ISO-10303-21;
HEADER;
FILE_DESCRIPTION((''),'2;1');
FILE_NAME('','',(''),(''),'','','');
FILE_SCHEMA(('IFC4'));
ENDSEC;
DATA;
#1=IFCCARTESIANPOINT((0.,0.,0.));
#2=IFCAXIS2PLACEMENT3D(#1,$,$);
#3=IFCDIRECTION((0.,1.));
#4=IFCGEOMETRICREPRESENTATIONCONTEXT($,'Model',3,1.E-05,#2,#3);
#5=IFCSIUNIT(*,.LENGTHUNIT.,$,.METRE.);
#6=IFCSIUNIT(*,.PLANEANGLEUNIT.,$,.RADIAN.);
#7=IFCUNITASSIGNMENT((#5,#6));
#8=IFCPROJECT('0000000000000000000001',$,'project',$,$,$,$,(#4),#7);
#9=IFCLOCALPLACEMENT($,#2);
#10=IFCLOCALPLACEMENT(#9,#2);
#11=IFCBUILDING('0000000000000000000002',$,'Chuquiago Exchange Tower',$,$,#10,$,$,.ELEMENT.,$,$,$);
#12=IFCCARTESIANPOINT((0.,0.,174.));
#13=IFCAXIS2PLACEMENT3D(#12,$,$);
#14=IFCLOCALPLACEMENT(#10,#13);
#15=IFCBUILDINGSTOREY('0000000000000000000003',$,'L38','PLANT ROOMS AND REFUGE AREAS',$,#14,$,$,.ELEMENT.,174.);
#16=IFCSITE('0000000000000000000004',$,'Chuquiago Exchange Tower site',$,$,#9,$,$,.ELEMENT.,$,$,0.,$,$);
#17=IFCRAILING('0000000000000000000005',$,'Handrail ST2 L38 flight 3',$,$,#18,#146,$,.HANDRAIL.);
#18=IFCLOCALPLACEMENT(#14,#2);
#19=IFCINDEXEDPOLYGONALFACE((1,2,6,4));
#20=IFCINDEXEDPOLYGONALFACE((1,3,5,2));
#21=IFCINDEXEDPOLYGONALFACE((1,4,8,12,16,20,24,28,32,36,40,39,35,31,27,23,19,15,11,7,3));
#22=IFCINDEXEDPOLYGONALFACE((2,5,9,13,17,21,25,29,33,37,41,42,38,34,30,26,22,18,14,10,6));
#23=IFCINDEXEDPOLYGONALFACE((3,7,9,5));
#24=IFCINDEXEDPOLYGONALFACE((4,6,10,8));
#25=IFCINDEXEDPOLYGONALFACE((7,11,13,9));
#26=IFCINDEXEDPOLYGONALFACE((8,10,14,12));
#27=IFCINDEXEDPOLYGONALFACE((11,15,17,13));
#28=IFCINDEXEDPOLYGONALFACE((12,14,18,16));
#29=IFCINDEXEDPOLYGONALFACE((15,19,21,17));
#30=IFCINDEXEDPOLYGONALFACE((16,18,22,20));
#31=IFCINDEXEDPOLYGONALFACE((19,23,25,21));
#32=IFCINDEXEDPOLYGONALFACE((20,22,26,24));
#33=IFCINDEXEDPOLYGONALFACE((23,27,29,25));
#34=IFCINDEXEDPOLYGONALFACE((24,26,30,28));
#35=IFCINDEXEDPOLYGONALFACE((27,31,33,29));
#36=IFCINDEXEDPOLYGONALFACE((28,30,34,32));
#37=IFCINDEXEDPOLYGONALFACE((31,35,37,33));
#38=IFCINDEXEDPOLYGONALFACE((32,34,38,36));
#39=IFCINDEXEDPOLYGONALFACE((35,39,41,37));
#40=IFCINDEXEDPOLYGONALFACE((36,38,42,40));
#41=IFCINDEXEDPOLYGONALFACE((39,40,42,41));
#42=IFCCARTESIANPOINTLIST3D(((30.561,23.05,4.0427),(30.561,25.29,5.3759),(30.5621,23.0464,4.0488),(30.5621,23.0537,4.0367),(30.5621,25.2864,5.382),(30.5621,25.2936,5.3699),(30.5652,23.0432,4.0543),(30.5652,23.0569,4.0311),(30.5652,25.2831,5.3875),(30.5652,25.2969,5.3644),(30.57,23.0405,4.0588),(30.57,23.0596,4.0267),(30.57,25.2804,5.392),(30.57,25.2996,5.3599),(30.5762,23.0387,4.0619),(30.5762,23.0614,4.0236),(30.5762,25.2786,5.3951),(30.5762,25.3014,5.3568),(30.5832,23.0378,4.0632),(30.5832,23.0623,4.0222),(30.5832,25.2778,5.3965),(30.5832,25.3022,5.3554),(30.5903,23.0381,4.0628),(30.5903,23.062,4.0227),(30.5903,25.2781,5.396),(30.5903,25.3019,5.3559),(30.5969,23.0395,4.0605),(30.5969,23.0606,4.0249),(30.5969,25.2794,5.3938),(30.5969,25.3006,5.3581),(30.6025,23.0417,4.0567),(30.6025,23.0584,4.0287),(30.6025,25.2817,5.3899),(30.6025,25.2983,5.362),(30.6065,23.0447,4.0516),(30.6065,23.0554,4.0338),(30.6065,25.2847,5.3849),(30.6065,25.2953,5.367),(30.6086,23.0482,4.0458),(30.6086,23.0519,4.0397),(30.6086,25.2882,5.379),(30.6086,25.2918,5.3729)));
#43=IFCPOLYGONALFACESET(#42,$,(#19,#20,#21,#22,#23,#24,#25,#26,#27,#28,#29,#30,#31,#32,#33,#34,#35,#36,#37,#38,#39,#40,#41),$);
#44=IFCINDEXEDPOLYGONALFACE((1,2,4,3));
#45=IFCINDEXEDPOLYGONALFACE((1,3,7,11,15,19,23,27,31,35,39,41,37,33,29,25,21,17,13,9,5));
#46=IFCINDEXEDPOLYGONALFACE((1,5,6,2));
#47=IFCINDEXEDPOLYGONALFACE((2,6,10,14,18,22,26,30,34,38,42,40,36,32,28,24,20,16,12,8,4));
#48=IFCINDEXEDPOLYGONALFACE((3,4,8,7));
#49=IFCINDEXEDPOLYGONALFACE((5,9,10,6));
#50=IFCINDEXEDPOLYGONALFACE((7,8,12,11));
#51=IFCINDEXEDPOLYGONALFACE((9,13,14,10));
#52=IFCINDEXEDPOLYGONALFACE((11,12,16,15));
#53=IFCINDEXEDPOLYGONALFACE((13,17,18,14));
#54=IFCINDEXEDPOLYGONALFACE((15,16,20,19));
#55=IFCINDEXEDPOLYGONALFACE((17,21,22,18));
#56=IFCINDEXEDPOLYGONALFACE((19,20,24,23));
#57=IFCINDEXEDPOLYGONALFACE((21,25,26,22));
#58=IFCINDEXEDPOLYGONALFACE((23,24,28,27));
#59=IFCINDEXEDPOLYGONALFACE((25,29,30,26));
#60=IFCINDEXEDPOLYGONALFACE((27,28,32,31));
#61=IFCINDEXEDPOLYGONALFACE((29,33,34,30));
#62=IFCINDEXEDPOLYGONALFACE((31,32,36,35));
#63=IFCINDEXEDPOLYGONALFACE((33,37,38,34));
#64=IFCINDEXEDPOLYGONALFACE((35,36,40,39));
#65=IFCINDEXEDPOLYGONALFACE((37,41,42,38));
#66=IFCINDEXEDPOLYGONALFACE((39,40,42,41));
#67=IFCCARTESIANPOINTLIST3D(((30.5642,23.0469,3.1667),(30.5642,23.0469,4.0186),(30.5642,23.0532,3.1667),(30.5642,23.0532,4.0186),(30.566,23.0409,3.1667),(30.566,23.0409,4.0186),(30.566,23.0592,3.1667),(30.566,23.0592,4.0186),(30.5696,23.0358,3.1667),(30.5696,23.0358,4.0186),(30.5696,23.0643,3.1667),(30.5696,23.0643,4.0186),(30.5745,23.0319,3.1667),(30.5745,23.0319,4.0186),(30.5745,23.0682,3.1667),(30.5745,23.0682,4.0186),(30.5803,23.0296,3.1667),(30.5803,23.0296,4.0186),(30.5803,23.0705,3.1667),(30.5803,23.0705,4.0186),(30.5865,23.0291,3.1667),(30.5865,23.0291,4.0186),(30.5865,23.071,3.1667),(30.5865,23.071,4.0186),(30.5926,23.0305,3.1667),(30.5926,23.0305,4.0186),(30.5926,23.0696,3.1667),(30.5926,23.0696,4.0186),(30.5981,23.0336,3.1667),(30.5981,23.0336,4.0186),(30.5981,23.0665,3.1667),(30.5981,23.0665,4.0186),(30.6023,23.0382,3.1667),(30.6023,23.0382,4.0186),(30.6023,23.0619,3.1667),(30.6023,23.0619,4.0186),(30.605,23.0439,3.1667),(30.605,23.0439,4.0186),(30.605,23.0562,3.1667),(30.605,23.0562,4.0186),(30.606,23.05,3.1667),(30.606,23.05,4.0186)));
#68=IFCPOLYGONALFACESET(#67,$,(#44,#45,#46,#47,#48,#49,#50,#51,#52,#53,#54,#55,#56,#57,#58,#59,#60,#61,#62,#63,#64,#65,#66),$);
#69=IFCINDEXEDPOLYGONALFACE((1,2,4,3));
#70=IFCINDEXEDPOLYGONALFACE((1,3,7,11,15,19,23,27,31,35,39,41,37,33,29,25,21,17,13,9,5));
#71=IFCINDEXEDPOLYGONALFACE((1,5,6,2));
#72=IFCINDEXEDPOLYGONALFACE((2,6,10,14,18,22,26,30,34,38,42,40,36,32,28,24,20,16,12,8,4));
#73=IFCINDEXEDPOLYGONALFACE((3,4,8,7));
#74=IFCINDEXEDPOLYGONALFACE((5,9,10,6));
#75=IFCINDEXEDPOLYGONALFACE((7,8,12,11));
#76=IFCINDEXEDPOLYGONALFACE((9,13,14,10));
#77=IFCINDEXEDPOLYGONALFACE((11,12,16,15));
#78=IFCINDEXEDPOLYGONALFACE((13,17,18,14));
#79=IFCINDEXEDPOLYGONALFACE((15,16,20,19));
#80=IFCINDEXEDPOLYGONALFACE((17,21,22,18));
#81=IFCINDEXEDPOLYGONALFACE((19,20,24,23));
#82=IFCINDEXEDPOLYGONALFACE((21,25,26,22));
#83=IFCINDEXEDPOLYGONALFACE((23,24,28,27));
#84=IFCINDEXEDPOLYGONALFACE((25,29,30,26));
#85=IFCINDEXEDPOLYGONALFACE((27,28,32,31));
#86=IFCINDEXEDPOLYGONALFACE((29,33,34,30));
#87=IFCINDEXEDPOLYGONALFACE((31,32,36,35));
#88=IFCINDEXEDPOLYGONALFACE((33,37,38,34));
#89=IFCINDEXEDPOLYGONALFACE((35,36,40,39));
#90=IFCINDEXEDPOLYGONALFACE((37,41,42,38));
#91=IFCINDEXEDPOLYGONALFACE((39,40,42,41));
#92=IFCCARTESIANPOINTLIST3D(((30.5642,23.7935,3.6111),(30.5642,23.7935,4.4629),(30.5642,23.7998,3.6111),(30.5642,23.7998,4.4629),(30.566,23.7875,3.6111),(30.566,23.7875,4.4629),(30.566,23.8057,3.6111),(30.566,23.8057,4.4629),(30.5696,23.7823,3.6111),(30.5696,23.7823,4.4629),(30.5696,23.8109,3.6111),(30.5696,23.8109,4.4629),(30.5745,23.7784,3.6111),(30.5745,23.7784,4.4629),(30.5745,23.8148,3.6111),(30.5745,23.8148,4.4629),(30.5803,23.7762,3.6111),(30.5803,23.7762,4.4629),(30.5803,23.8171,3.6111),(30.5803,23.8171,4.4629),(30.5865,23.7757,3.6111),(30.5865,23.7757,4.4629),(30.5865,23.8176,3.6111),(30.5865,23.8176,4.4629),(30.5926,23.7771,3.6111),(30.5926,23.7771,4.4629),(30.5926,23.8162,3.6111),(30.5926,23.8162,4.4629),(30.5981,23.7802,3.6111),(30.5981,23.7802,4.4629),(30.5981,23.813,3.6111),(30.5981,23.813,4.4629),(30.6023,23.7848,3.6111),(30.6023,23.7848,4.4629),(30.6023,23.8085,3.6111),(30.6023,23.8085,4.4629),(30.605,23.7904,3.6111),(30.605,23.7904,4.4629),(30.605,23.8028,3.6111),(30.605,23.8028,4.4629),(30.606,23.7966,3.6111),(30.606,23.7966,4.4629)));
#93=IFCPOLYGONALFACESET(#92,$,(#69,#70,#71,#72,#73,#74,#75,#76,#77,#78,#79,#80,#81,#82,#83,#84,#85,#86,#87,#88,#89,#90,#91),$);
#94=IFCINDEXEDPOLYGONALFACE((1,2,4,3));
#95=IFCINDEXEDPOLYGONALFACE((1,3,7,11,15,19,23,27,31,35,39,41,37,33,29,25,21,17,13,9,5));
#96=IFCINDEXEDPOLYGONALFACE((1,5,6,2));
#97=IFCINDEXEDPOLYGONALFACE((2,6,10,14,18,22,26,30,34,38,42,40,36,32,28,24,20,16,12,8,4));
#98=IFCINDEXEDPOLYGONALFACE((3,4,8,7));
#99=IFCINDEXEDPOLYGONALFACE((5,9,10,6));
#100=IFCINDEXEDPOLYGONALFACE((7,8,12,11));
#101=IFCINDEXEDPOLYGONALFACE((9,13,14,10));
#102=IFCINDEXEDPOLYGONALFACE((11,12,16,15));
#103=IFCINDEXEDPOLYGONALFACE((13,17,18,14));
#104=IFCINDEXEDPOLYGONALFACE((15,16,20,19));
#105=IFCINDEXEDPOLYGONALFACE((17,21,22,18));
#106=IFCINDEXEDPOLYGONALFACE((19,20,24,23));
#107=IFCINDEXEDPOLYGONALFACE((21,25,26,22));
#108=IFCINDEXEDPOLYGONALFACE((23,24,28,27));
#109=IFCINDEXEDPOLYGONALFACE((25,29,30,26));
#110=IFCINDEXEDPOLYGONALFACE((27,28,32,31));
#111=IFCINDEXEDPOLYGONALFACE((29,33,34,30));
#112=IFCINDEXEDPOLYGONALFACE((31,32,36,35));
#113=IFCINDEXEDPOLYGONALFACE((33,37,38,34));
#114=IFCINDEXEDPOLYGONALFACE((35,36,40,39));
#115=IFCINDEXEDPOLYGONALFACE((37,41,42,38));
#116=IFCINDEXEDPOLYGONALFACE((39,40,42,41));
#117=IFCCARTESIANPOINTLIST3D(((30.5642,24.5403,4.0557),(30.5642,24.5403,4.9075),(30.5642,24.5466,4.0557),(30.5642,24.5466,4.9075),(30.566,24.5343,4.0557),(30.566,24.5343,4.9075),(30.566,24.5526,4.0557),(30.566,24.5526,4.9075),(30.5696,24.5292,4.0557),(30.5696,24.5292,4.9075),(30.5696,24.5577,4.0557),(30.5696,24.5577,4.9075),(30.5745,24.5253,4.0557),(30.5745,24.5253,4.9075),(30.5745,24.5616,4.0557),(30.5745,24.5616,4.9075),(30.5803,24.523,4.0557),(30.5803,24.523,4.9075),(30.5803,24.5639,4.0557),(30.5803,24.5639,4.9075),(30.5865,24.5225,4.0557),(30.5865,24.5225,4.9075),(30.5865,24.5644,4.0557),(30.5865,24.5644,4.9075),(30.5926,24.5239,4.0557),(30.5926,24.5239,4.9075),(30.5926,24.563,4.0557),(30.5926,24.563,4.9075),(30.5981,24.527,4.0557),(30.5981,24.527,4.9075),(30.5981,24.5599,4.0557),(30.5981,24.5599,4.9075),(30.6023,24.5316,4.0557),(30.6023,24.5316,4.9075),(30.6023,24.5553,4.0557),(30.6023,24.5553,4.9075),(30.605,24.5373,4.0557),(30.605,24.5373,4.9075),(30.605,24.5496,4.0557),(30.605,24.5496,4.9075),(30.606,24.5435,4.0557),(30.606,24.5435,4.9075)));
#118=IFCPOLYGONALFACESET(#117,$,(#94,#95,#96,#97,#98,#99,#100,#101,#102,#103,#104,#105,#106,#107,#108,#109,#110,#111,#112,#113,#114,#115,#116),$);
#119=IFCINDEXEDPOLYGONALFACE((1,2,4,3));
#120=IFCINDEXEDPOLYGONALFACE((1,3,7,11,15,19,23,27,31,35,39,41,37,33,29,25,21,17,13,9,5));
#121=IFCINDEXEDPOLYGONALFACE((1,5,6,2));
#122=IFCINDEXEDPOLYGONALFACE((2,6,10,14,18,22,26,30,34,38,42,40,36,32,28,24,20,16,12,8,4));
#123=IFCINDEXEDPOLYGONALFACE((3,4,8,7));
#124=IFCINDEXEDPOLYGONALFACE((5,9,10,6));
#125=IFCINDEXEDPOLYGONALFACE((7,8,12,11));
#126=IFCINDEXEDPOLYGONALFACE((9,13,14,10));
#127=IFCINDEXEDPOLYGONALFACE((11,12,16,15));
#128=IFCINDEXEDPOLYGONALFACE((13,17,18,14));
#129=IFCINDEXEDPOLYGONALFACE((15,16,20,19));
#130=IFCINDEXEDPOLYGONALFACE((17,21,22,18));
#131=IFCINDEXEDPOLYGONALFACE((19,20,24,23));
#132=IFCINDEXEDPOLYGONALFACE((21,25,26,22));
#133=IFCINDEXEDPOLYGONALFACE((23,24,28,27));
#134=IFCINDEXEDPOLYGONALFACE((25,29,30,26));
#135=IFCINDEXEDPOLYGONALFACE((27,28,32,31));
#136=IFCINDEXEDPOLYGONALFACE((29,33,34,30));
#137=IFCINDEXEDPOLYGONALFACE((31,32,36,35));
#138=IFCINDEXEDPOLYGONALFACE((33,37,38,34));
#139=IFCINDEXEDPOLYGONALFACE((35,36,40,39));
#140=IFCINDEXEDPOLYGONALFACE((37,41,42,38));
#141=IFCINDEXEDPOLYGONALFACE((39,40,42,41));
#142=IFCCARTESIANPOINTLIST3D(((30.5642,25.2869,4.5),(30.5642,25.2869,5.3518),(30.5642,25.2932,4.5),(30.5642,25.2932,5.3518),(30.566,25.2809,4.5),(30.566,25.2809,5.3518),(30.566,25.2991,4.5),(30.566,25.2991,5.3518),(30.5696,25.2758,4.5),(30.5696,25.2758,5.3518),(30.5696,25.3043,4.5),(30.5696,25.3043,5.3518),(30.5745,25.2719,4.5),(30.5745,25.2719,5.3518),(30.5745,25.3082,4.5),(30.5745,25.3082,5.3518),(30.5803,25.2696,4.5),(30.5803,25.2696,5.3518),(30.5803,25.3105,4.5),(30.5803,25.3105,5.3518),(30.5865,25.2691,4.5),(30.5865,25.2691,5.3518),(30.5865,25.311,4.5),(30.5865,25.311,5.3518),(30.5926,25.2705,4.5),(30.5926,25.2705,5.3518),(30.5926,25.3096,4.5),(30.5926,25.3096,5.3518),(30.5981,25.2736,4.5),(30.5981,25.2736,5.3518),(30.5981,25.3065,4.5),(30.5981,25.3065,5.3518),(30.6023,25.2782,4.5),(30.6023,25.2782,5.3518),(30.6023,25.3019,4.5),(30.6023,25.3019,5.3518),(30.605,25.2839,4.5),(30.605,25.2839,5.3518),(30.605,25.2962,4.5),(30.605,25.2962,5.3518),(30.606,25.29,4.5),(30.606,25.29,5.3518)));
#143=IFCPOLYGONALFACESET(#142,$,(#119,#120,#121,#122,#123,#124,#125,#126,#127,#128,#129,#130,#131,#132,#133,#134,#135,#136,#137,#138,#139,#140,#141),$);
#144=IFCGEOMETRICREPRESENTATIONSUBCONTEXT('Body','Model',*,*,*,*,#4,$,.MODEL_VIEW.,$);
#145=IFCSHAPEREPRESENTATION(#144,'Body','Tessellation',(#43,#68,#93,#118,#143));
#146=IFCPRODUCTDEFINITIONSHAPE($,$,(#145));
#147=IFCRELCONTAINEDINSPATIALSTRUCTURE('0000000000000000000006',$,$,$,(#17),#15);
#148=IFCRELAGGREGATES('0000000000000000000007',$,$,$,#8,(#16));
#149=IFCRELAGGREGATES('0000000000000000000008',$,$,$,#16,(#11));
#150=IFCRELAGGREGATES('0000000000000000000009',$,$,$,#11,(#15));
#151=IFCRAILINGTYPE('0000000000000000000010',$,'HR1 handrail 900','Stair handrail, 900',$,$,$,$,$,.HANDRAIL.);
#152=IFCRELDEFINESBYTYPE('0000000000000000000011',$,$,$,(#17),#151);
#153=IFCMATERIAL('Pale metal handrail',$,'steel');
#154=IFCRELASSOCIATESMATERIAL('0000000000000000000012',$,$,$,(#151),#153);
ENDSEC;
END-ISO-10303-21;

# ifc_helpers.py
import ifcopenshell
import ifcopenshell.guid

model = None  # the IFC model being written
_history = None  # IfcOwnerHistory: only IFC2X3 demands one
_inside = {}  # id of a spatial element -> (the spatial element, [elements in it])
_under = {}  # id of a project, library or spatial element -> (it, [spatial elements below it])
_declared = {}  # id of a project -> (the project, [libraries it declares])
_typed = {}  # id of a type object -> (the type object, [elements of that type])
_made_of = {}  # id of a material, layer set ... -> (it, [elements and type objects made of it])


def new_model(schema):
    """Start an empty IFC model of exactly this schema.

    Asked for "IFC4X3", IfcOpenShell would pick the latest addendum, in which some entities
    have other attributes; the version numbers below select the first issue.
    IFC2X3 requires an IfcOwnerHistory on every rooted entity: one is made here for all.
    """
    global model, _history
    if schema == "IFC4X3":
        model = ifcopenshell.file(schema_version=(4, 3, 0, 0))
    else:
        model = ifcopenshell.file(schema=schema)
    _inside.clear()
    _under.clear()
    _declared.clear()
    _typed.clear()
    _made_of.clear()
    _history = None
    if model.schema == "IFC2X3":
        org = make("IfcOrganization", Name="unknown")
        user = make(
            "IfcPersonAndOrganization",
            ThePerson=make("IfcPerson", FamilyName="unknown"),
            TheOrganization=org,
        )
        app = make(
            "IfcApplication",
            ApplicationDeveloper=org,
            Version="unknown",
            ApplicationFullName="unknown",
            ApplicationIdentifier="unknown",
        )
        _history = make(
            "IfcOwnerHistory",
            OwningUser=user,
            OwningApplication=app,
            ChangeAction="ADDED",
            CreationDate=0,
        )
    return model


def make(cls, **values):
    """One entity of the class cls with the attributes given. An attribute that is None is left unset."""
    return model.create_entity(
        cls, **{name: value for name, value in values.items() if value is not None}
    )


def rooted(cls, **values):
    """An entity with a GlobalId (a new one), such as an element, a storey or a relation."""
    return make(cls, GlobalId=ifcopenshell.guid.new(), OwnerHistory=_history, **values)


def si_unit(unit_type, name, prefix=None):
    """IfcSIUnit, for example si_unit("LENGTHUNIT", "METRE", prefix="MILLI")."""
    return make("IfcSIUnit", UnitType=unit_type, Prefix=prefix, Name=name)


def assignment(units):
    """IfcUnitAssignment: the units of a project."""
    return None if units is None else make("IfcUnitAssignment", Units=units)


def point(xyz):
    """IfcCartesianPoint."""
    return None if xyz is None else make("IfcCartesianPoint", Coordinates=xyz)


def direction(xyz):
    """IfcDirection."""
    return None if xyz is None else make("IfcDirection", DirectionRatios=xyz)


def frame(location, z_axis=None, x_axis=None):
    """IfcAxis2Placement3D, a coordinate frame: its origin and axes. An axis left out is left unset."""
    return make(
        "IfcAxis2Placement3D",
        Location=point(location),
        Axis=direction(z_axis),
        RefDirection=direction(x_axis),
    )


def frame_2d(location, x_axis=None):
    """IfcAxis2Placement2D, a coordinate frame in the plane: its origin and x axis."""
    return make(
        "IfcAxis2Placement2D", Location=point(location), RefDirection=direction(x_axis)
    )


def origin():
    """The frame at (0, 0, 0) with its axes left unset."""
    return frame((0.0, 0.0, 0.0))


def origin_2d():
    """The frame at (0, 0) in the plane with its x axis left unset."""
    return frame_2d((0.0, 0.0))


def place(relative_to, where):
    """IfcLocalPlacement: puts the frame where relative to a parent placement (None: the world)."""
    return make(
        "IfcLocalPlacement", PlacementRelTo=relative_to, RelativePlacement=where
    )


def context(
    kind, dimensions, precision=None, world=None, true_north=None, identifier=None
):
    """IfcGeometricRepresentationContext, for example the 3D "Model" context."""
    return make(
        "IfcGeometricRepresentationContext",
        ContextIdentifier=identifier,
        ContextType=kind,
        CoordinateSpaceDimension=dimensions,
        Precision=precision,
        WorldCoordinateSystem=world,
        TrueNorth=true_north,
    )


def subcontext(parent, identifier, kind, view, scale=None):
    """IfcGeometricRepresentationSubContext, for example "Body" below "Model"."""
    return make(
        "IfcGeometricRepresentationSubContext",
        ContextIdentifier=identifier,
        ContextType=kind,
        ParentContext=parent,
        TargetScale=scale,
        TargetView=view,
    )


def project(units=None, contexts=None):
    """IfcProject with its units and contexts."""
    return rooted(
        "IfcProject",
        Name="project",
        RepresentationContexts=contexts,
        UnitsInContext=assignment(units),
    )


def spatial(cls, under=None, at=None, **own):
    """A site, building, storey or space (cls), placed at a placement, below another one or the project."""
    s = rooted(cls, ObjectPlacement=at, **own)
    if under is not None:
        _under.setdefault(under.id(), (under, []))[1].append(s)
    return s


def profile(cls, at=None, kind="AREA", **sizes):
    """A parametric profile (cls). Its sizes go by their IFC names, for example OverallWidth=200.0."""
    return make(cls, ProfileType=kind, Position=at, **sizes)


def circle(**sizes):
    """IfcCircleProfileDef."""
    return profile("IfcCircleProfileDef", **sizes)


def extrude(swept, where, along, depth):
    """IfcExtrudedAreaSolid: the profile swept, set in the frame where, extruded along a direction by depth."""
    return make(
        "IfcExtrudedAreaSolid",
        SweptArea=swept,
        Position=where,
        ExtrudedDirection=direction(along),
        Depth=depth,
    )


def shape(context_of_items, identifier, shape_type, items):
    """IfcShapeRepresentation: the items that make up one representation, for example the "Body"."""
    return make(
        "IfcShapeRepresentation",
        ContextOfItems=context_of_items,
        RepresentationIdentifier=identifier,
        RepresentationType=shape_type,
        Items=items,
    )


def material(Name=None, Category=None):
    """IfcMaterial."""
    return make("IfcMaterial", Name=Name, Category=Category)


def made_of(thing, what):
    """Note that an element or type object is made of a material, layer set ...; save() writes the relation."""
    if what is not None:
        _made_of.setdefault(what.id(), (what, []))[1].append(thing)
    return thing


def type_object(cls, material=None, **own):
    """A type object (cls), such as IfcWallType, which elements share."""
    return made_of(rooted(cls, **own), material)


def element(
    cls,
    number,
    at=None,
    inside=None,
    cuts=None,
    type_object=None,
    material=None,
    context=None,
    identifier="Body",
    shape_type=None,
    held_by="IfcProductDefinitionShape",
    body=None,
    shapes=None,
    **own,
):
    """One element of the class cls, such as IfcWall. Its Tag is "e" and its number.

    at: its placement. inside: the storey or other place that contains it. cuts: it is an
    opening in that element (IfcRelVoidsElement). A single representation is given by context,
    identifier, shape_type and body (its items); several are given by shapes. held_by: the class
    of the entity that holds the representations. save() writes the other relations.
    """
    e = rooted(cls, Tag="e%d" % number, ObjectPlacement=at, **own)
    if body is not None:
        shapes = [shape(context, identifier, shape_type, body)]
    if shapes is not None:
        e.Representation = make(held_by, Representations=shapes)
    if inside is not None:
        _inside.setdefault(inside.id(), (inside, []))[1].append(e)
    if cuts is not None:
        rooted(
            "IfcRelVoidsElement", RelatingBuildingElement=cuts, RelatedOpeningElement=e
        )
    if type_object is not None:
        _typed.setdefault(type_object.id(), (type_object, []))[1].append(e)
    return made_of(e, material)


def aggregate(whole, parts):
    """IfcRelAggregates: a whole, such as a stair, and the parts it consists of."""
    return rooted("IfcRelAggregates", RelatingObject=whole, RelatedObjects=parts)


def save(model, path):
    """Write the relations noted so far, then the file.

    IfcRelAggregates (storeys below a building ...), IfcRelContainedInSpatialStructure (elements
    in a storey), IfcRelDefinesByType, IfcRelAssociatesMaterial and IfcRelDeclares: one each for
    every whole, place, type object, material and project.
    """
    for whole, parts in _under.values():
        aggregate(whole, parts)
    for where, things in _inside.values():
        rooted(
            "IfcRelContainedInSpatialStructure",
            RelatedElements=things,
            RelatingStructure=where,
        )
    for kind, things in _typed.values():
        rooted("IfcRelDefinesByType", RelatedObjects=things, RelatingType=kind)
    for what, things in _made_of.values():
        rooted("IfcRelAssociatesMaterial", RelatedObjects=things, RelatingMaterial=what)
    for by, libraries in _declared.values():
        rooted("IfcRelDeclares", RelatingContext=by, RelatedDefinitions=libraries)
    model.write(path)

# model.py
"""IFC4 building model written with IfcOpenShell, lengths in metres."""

from ifc_helpers import new_model, si_unit, direction, frame, origin, origin_2d, place, context, subcontext, project, spatial, circle, extrude, material, type_object, element, save


model = new_model("IFC4")

# Units and contexts
model_context = context("Model", 3, precision=1e-05, world=origin(), true_north=direction((0.0, 1.0)))
body_context = subcontext(model_context, "Body", "Model", "MODEL_VIEW")
ifc_project = project(units=[si_unit("LENGTHUNIT", "METRE"), si_unit("PLANEANGLEUNIT", "RADIAN")], contexts=[model_context])

# Site, building, storey
site_placement = place(None, origin())
site = spatial("IfcSite", under=ifc_project, at=site_placement, Name="Chuquiago Exchange Tower site", CompositionType="ELEMENT", RefElevation=0.0)
building_placement = place(site_placement, origin())
building = spatial("IfcBuilding", under=site, at=building_placement, Name="Chuquiago Exchange Tower", CompositionType="ELEMENT")
storey_placement = place(building_placement, frame((0.0, 0.0, 174.0)))
storey = spatial("IfcBuildingStorey", under=building, at=storey_placement, Name="L38", Description="PLANT ROOMS AND REFUGE AREAS", CompositionType="ELEMENT", Elevation=174.0)

# Railing
ifc_material_1 = material(Name="Pale metal handrail", Category="steel")
railing_type = type_object("IfcRailingType", Name="HR1 handrail 900", Description="Stair handrail, 900", PredefinedType="HANDRAIL", material=ifc_material_1)
for number, where, name in (
    (1, (30.585, 23.05, 3.1667), "Handrail ST2 L38 flight 3"),
):
    element("IfcRailing", number, at=place(storey_placement, frame(where)), inside=storey, type_object=railing_type, Name=name, PredefinedType="HANDRAIL", context=body_context, shape_type="SweptSolid", body=[
        extrude(circle(Radius=0.0239, at=origin_2d()), frame((0.0, 0.0, 0.876), z_axis=(0.0, 0.859306, 0.511462), x_axis=(-1.0, 0.0, 0.0)), (0.0, 0.0, 1.0), 2.6067),
        extrude(circle(Radius=0.021, at=origin_2d()), origin(), (0.0, 0.0, 1.0), 0.8518),
        extrude(circle(Radius=0.021, at=origin_2d()), frame((0.0, 0.7466, 0.4443)), (0.0, 0.0, 1.0), 0.8518),
        extrude(circle(Radius=0.021, at=origin_2d()), frame((0.0, 1.4934, 0.8889)), (0.0, 0.0, 1.0), 0.8518),
        extrude(circle(Radius=0.021, at=origin_2d()), frame((0.0, 2.24, 1.3333)), (0.0, 0.0, 1.0), 0.8518),
    ])

save(model, "model.ifc")
